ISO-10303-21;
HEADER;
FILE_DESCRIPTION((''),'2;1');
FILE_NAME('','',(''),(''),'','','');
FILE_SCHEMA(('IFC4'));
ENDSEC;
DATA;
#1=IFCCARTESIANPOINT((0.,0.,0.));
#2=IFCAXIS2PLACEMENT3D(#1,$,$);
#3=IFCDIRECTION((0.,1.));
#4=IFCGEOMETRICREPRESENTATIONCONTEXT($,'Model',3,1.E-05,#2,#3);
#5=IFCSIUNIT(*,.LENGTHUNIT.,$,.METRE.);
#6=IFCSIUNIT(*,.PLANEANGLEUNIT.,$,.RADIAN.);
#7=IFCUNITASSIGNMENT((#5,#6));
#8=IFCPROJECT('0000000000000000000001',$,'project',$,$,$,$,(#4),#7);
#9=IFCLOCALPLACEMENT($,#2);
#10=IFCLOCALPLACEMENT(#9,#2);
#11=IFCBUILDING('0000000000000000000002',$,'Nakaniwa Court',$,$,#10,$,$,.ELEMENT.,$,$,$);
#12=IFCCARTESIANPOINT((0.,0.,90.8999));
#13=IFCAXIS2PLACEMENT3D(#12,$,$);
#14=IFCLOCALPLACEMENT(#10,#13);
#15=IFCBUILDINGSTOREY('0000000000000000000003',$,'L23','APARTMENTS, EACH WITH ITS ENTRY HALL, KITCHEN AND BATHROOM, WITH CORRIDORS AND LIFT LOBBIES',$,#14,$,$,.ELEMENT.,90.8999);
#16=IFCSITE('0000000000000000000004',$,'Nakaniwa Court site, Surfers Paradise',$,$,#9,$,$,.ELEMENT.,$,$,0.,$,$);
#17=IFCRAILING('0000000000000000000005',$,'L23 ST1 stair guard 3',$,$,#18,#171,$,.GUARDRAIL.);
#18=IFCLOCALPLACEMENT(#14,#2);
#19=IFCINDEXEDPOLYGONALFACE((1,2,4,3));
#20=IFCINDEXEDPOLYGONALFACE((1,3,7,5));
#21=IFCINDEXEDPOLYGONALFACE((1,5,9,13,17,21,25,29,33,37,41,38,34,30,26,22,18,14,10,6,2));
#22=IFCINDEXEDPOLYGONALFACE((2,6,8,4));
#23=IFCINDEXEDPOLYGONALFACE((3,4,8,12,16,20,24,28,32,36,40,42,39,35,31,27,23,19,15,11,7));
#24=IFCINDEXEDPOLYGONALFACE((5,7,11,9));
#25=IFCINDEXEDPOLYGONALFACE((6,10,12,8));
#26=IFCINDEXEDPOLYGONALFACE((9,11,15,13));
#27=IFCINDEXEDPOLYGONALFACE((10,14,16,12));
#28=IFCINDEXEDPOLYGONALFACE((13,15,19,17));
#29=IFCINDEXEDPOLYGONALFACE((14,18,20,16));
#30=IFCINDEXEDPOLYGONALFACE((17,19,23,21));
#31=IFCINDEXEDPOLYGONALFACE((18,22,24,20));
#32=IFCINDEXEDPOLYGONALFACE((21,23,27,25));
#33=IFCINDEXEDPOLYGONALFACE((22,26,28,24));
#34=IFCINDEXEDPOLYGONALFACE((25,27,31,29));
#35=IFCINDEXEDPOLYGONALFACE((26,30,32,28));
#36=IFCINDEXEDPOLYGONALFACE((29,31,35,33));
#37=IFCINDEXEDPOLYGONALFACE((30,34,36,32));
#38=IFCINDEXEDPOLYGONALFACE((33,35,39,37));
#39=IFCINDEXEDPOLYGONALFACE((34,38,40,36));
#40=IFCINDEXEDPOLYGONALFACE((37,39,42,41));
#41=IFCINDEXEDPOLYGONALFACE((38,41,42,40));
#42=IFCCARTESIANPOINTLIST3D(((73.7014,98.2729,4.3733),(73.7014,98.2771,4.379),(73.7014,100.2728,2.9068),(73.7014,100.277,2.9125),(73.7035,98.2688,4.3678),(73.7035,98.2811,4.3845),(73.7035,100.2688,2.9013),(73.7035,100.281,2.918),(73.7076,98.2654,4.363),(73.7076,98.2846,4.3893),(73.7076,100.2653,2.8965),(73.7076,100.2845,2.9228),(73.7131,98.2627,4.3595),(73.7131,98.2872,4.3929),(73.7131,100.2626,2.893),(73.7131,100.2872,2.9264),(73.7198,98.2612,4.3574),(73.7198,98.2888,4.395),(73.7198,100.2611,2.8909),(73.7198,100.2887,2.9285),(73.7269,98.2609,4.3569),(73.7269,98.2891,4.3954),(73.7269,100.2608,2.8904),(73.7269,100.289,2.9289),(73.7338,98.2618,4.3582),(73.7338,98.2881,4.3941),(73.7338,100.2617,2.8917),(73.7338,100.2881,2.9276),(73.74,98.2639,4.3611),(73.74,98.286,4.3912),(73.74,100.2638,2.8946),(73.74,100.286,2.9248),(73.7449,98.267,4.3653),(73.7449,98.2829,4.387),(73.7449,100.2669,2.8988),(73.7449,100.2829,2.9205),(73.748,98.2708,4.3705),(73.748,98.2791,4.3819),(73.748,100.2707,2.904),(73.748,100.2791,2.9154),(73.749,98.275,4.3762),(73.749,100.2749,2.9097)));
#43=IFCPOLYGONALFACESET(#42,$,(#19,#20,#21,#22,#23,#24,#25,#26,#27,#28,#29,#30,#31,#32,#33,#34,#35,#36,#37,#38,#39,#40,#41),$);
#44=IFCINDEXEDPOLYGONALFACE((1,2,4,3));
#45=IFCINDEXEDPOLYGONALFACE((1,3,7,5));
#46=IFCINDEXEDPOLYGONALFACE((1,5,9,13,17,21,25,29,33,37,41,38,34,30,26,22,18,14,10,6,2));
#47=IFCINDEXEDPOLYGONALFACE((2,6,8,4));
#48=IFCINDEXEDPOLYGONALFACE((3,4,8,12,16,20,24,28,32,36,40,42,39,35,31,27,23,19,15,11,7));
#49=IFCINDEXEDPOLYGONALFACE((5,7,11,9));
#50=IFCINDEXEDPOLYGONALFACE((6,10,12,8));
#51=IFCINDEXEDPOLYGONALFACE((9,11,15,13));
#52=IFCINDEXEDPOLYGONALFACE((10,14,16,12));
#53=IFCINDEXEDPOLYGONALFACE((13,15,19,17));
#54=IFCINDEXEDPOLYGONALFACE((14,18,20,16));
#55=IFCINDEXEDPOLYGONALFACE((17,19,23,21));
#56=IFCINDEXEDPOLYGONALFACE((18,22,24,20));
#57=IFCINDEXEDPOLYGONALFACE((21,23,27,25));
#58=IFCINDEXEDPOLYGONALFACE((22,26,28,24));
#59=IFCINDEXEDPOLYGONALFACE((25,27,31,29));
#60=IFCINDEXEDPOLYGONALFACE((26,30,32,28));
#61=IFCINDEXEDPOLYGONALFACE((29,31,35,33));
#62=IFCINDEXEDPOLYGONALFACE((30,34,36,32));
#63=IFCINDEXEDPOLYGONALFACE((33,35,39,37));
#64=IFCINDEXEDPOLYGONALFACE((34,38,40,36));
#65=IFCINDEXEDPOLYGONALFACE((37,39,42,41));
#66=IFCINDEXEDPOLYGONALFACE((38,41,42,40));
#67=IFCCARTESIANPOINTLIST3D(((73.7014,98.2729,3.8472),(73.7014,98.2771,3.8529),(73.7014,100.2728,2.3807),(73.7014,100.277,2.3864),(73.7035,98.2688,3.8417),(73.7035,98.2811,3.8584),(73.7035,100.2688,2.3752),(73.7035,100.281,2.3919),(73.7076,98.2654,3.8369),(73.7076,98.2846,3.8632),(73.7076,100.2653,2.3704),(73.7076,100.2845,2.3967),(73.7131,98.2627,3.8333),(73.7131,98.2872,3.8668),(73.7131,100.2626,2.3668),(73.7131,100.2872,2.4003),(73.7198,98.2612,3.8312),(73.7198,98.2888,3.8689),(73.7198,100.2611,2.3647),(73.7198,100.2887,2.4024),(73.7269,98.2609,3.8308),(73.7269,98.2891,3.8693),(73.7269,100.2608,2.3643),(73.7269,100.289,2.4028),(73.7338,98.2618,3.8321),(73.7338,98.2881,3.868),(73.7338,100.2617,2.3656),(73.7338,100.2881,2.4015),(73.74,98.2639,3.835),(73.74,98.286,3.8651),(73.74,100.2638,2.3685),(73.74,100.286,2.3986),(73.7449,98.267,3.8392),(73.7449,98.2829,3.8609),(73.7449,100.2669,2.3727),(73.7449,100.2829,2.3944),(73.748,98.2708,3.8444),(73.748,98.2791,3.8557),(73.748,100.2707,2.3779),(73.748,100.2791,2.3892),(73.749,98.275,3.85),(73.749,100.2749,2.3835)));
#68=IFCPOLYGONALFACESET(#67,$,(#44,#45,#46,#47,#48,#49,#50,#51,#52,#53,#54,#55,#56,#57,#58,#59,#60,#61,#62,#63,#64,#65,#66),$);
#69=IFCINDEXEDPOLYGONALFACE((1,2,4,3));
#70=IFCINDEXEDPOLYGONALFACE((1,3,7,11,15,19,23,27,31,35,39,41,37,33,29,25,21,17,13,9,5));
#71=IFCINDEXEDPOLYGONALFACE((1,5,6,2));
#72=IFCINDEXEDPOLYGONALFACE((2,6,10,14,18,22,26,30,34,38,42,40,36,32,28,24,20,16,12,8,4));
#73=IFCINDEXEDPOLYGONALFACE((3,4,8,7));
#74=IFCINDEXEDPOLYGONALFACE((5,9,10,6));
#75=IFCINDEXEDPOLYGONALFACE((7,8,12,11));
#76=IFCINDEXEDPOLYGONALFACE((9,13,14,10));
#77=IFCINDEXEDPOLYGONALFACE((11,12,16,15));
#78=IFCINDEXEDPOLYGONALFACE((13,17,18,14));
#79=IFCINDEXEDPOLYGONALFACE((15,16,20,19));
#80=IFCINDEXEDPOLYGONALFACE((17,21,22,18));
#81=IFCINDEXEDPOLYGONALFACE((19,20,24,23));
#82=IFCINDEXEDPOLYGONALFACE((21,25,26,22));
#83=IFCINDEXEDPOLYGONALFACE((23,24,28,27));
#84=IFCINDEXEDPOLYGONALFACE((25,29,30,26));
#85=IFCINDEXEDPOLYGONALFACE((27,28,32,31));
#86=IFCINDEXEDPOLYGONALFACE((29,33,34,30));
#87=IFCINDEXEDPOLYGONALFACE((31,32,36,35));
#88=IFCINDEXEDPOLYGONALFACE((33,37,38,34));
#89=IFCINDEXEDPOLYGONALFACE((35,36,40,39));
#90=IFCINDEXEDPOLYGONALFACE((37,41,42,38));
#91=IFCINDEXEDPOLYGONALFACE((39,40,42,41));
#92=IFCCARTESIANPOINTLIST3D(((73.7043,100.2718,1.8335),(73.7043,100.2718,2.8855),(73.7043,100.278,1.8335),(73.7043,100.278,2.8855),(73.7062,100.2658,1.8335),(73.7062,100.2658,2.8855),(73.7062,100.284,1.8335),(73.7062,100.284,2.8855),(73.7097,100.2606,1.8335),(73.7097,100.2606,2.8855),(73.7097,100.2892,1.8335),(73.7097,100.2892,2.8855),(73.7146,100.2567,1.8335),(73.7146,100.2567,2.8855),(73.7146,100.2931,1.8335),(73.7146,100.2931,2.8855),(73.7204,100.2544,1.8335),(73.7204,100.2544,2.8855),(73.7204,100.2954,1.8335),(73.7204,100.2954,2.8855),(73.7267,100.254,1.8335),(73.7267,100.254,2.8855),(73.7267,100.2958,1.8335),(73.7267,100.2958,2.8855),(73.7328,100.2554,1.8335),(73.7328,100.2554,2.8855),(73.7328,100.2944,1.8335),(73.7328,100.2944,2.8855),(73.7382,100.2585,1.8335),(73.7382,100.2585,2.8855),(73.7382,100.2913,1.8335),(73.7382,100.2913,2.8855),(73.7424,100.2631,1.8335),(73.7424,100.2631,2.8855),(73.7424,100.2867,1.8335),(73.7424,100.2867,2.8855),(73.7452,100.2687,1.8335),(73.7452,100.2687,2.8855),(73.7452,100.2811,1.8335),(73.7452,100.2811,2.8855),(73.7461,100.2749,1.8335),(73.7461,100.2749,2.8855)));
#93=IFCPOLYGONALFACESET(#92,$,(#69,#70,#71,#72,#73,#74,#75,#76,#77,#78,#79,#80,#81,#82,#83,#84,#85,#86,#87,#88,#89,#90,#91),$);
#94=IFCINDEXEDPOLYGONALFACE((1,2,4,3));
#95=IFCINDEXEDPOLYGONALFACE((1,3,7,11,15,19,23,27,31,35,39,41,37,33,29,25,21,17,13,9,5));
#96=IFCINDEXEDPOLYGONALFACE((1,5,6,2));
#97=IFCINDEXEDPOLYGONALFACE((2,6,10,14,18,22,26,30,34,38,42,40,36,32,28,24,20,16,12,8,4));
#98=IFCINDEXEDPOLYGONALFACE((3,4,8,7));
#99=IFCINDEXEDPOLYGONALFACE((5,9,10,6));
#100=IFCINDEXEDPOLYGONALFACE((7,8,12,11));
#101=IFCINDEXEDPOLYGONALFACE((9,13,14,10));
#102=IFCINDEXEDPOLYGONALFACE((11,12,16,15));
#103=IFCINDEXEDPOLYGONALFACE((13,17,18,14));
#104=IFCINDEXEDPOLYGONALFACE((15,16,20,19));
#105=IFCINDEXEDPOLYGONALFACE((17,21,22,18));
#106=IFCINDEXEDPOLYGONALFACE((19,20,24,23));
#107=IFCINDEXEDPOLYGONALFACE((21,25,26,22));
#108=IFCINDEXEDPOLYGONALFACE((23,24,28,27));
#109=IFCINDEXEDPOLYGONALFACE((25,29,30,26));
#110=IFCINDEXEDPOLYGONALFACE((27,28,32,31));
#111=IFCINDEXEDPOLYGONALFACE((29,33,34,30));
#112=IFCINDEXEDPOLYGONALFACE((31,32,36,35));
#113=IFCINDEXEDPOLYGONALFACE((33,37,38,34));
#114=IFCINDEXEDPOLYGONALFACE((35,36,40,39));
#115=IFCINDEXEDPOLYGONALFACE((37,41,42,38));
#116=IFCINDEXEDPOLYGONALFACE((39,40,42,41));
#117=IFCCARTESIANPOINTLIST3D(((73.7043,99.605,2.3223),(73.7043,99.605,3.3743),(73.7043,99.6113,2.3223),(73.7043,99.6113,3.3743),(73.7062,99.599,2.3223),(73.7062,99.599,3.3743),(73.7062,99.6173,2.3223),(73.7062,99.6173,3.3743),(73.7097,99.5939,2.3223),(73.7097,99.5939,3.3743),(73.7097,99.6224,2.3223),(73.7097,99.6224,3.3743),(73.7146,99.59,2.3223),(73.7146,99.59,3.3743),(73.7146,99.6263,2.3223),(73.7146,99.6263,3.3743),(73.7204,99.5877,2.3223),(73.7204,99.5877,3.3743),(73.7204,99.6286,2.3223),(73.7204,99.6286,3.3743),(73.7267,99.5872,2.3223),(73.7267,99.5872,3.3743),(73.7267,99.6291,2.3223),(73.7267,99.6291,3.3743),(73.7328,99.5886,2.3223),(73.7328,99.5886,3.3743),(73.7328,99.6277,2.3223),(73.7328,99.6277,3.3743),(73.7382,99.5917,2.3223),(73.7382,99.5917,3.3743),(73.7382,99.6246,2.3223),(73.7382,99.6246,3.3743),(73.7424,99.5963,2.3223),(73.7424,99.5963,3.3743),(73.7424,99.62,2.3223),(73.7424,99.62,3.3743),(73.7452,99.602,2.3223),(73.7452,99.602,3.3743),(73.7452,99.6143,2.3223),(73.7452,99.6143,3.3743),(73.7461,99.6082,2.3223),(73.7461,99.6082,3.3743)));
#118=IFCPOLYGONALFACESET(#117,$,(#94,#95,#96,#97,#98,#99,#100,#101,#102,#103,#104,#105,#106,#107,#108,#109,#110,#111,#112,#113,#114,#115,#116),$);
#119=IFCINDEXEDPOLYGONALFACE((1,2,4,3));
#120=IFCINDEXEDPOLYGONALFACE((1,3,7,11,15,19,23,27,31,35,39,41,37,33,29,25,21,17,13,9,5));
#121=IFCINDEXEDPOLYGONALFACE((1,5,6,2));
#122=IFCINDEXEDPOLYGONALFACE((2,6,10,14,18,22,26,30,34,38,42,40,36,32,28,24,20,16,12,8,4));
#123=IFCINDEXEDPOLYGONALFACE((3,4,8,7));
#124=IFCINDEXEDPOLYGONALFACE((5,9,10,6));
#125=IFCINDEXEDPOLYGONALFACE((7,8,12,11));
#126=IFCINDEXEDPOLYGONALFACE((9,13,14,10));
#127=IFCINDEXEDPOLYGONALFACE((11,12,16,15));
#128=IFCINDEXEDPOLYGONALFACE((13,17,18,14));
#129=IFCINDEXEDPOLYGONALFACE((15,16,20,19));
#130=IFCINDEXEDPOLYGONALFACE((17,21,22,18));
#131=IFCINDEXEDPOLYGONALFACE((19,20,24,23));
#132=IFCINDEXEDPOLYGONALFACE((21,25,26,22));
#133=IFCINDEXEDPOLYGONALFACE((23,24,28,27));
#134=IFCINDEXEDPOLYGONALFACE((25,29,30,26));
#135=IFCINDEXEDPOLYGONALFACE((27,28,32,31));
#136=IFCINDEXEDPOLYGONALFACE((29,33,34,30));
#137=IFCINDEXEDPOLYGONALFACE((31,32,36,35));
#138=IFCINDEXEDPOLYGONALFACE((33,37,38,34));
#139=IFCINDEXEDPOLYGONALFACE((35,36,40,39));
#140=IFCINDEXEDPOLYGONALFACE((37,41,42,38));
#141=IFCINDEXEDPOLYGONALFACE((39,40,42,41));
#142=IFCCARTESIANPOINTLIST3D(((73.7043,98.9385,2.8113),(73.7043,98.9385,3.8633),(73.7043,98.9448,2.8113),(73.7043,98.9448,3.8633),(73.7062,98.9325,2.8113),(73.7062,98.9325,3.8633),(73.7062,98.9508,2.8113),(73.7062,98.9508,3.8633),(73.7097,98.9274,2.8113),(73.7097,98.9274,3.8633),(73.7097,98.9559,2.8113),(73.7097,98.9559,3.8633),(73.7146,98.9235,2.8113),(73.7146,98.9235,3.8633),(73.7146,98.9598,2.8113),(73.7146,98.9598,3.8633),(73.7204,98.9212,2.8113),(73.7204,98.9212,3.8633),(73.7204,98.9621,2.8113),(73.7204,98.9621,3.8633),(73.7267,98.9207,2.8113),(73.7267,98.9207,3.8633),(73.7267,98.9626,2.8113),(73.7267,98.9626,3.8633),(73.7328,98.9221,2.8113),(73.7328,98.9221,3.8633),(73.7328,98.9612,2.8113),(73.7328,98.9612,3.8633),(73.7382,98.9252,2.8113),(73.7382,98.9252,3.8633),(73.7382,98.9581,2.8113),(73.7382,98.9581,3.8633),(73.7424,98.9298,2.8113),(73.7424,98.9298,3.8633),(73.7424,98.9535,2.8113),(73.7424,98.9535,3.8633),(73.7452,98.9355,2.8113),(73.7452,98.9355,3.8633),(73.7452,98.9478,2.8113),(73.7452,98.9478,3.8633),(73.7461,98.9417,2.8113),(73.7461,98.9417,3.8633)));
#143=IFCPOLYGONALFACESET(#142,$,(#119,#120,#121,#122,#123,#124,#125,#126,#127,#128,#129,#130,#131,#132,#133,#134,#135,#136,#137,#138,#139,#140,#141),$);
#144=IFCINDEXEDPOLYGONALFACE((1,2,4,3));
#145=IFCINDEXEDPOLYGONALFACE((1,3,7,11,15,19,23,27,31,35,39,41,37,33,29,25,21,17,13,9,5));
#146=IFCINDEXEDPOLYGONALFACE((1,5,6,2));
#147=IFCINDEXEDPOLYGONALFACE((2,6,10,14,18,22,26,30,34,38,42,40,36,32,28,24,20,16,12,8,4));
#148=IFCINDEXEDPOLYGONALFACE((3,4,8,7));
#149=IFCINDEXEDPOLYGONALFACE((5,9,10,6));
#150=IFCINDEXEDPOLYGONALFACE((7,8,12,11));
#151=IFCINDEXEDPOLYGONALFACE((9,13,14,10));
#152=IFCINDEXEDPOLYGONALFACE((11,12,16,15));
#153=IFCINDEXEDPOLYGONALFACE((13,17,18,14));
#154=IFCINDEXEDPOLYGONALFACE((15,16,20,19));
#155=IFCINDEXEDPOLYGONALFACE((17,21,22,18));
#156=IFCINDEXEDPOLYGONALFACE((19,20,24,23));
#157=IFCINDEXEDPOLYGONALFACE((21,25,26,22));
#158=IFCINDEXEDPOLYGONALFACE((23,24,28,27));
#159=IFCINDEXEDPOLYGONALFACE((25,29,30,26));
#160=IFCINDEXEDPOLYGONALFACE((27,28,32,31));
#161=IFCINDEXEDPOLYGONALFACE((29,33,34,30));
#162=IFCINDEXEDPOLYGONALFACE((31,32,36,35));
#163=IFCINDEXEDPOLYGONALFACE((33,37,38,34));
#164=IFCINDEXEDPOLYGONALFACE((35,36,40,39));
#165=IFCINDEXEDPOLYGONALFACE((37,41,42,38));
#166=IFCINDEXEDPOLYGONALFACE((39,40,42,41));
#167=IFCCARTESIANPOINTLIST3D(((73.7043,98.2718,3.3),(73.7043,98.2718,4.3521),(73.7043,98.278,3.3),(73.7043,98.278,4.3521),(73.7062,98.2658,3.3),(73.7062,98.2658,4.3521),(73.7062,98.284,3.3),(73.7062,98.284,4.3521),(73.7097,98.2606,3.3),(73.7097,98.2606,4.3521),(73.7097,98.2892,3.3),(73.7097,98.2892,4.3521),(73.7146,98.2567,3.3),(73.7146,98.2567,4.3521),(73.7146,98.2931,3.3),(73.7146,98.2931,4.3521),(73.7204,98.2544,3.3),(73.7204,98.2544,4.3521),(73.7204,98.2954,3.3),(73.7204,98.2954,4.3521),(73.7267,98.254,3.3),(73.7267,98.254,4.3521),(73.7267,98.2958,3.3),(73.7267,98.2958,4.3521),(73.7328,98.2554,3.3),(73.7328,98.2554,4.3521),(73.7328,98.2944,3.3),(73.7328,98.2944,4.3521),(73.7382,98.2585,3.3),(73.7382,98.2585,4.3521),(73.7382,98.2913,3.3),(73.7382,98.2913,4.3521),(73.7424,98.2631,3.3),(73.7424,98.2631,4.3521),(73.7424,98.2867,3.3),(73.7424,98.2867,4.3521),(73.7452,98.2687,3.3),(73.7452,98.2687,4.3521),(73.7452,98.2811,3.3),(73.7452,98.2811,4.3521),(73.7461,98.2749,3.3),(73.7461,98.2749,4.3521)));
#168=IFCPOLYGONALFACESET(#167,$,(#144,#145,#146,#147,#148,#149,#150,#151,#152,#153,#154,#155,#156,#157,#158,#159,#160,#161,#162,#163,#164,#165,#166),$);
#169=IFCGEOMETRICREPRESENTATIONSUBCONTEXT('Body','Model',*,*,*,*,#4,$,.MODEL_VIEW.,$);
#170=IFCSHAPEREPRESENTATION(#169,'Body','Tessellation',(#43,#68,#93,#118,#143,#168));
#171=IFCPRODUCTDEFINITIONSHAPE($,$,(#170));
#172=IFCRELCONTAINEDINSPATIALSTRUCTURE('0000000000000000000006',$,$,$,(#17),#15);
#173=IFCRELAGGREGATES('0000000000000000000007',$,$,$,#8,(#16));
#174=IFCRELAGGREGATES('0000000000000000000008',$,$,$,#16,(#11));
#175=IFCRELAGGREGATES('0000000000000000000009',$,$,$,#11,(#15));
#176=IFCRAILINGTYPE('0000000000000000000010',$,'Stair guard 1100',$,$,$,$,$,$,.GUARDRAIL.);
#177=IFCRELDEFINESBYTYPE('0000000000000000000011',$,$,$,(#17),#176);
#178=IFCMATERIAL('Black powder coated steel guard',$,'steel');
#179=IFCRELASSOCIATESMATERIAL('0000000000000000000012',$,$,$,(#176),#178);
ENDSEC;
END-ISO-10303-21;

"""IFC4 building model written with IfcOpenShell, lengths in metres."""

from ifc_helpers import new_model, si_unit, direction, frame, origin, origin_2d, place, context, subcontext, project, spatial, circle, extrude, material, type_object, element, save


model = new_model("IFC4")

# Units and contexts
model_context = context("Model", 3, precision=1e-05, world=origin(), true_north=direction((0.0, 1.0)))
body_context = subcontext(model_context, "Body", "Model", "MODEL_VIEW")
ifc_project = project(units=[si_unit("LENGTHUNIT", "METRE"), si_unit("PLANEANGLEUNIT", "RADIAN")], contexts=[model_context])

# Site, building, storey
site_placement = place(None, origin())
site = spatial("IfcSite", under=ifc_project, at=site_placement, Name="Nakaniwa Court site, Surfers Paradise", CompositionType="ELEMENT", RefElevation=0.0)
building_placement = place(site_placement, origin())
building = spatial("IfcBuilding", under=site, at=building_placement, Name="Nakaniwa Court", CompositionType="ELEMENT")
storey_placement = place(building_placement, frame((0.0, 0.0, 90.8999)))
storey = spatial("IfcBuildingStorey", under=building, at=storey_placement, Name="L23", Description="APARTMENTS, EACH WITH ITS ENTRY HALL, KITCHEN AND BATHROOM, WITH CORRIDORS AND LIFT LOBBIES", CompositionType="ELEMENT", Elevation=90.8999)

# Railing
ifc_material_1 = material(Name="Black powder coated steel guard", Category="steel")
railing_type_1 = type_object("IfcRailingType", Name="Stair guard 1100", PredefinedType="GUARDRAIL", material=ifc_material_1)
railing_1_placement = place(storey_placement, frame((73.7251, 100.2749, 1.8335)))
element("IfcRailing", 1, at=railing_1_placement, inside=storey, type_object=railing_type_1, Name="L23 ST1 stair guard 3", PredefinedType="GUARDRAIL", context=body_context, shape_type="SweptSolid", body=[
    extrude(circle(Radius=0.0239, at=origin_2d()), frame((0.0, 0.0, 1.0762), z_axis=(0.0, -0.806427, 0.591334), x_axis=(1.0, 0.0, 0.0)), (0.0, 0.0, 1.0), 2.48),
    extrude(circle(Radius=0.0239, at=origin_2d()), frame((0.0, 0.0, 0.55), z_axis=(0.0, -0.806427, 0.591334), x_axis=(1.0, 0.0, 0.0)), (0.0, 0.0, 1.0), 2.48),
    extrude(circle(Radius=0.021, at=origin_2d()), origin(), (0.0, 0.0, 1.0), 1.052),
    extrude(circle(Radius=0.021, at=origin_2d()), frame((0.0, -0.6667, 0.4888)), (0.0, 0.0, 1.0), 1.052),
    extrude(circle(Radius=0.021, at=origin_2d()), frame((0.0, -1.3333, 0.9778)), (0.0, 0.0, 1.0), 1.052),
    extrude(circle(Radius=0.021, at=origin_2d()), frame((0.0, -2.0, 1.4666)), (0.0, 0.0, 1.0), 1.052),
])

save(model, "model.ifc")
